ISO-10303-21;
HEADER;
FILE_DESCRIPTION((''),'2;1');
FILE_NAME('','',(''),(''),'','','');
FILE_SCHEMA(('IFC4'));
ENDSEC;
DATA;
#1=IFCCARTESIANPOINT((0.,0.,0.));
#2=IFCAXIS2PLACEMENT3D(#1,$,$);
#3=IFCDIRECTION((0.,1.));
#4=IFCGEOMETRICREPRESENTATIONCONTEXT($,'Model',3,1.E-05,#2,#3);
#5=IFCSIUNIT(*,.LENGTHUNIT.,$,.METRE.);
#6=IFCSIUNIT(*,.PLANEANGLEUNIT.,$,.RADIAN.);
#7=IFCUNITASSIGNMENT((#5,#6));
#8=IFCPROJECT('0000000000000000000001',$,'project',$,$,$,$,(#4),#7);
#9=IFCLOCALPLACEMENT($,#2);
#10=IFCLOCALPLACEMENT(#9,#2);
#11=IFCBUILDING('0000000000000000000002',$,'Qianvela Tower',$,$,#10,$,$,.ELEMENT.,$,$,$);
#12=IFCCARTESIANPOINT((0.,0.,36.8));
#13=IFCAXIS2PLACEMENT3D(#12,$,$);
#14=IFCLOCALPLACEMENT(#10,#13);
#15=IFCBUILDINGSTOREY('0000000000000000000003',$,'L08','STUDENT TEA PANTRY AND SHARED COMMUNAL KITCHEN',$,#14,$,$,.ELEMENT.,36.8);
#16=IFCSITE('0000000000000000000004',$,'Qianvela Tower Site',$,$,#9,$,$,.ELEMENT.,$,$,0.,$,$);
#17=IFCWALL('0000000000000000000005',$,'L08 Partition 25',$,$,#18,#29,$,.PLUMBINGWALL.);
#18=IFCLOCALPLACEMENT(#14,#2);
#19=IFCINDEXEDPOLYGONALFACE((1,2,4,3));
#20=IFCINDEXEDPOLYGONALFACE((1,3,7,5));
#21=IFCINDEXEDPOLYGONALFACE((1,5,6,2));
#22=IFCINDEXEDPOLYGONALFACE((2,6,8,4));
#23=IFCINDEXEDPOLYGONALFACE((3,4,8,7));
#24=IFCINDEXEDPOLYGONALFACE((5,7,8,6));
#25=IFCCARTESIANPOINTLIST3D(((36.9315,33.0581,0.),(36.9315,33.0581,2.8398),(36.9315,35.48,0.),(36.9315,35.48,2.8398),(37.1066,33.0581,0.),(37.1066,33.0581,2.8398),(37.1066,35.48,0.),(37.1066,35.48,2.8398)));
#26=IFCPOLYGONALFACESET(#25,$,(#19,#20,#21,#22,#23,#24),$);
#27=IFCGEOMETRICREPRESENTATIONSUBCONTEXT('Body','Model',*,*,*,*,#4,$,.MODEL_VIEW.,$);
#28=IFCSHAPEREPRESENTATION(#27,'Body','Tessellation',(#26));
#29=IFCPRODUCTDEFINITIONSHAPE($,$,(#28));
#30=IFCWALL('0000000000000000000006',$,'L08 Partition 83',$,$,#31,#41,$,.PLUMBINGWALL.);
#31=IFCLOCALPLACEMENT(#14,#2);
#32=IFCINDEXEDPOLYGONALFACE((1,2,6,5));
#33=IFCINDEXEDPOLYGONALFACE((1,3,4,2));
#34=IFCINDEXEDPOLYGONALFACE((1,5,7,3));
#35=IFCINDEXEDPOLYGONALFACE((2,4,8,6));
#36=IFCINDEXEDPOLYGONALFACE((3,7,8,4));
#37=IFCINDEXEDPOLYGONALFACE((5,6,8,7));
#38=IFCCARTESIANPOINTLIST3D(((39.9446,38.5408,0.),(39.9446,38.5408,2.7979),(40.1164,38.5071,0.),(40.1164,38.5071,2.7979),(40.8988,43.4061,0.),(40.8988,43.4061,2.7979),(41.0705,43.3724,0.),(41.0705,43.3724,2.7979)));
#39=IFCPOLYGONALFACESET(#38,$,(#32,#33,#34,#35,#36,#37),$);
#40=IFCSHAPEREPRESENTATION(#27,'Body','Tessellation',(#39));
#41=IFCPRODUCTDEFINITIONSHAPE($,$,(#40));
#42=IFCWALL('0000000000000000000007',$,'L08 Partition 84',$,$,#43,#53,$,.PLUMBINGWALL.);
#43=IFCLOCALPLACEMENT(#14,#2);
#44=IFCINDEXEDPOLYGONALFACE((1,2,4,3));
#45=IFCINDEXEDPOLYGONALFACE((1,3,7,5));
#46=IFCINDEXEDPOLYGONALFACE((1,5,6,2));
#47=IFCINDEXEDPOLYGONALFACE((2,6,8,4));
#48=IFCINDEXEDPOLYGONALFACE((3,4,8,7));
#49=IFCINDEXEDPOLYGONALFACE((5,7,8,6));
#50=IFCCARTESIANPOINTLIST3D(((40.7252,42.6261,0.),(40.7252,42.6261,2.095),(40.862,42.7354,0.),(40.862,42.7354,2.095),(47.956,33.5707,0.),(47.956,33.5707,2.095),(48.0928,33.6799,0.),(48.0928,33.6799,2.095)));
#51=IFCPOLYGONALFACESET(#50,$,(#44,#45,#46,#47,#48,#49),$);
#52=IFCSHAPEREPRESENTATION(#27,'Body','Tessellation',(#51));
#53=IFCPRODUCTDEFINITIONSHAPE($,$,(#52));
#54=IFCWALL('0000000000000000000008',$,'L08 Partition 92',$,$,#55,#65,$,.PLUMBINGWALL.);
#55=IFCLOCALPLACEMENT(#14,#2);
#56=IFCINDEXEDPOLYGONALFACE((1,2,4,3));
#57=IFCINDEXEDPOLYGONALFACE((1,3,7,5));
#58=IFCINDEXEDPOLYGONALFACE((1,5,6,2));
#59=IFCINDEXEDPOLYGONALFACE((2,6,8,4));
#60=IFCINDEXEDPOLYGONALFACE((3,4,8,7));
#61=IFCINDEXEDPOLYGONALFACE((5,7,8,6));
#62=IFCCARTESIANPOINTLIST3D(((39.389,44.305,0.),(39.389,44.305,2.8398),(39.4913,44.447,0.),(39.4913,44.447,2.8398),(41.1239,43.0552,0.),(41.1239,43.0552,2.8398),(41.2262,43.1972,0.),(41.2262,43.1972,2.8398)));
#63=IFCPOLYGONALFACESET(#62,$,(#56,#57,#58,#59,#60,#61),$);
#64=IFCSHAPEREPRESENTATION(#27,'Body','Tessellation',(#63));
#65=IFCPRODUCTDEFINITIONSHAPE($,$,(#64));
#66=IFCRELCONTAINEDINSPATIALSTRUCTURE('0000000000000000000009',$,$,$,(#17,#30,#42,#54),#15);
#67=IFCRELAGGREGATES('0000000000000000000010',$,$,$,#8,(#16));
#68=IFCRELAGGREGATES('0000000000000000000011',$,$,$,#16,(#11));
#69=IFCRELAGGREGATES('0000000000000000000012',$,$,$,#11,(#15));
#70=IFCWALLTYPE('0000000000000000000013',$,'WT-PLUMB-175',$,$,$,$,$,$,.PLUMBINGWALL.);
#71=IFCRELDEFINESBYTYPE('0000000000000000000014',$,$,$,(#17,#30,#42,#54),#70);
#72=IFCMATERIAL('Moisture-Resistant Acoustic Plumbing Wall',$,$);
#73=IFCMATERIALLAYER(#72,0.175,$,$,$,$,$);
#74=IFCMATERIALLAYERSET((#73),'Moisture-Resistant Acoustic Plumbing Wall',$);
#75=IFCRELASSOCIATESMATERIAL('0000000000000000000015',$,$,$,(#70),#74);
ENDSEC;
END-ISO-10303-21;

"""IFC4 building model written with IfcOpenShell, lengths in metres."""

from ifc_helpers import new_model, si_unit, direction, frame, frame_2d, origin, place, context, subcontext, project, spatial, rectangle, extrude, material, layer, layer_set, type_object, element, save


model = new_model("IFC4")

# Units and contexts
model_context = context("Model", 3, precision=1e-05, world=origin(), true_north=direction((0.0, 1.0)))
body_context = subcontext(model_context, "Body", "Model", "MODEL_VIEW")
ifc_project = project(units=[si_unit("LENGTHUNIT", "METRE"), si_unit("PLANEANGLEUNIT", "RADIAN")], contexts=[model_context])

# Site, building, storey
site_placement = place(None, origin())
site = spatial("IfcSite", under=ifc_project, at=site_placement, Name="Qianvela Tower Site", CompositionType="ELEMENT", RefElevation=0.0)
building_placement = place(site_placement, origin())
building = spatial("IfcBuilding", under=site, at=building_placement, Name="Qianvela Tower", CompositionType="ELEMENT")
storey_placement = place(building_placement, frame((0.0, 0.0, 36.8)))
storey = spatial("IfcBuildingStorey", under=building, at=storey_placement, Name="L08", Description="STUDENT TEA PANTRY AND SHARED COMMUNAL KITCHEN", CompositionType="ELEMENT", Elevation=36.8)

# Walls
ifc_material_1 = material(Name="Moisture-Resistant Acoustic Plumbing Wall")
ifc_layer_1 = layer(ifc_material_1, 0.175)
ifc_layer_set_1 = layer_set([ifc_layer_1], Name="Moisture-Resistant Acoustic Plumbing Wall")
wall_type_1 = type_object("IfcWallType", Name="WT-PLUMB-175", PredefinedType="PLUMBINGWALL", material=ifc_layer_set_1)
for number, where, z_axis, x_axis, name in (
    (1, (37.019, 35.48, 0.0), (0.0, 0.0, 1.0), (0.0, -1.0, 0.0), "L08 Partition 25"),
):
    element("IfcWall", number, at=place(storey_placement, frame(where, z_axis=z_axis, x_axis=x_axis)), inside=storey, type_object=wall_type_1, Name=name, PredefinedType="PLUMBINGWALL", context=body_context, shape_type="SweptSolid", body=[
        extrude(rectangle(XDim=2.4219, YDim=0.175, at=frame_2d((1.2109, 0.0))), origin(), (0.0, 0.0, 1.0), 2.8398),
    ])
wall_1_placement = place(storey_placement, frame((40.0305, 38.5239, 0.0), z_axis=(0.0, 0.0, 1.0), x_axis=(0.19244, 0.981309, 0.0)))
element("IfcWall", 2, at=wall_1_placement, inside=storey, type_object=wall_type_1, Name="L08 Partition 83", PredefinedType="PLUMBINGWALL", context=body_context, shape_type="SweptSolid", body=[
    extrude(rectangle(XDim=4.958, YDim=0.175, at=frame_2d((2.479, 0.0))), origin(), (0.0, 0.0, 1.0), 2.7979),
])
wall_2_placement = place(storey_placement, frame((40.7937, 42.6807, 0.0), z_axis=(0.0, 0.0, 1.0), x_axis=(0.623978, -0.781442, 0.0)))
element("IfcWall", 3, at=wall_2_placement, inside=storey, type_object=wall_type_1, Name="L08 Partition 84", PredefinedType="PLUMBINGWALL", context=body_context, shape_type="SweptSolid", body=[
    extrude(rectangle(XDim=11.5881, YDim=0.175, at=frame_2d((5.7939, 0.0))), origin(), (0.0, 0.0, 1.0), 2.095),
])
wall_3_placement = place(storey_placement, frame((39.4402, 44.376, 0.0), z_axis=(0.0, 0.0, 1.0), x_axis=(0.811389, -0.584506, 0.0)))
element("IfcWall", 4, at=wall_3_placement, inside=storey, type_object=wall_type_1, Name="L08 Partition 92", PredefinedType="PLUMBINGWALL", context=body_context, shape_type="SweptSolid", body=[
    extrude(rectangle(XDim=2.1382, YDim=0.175, at=frame_2d((1.0691, 0.0))), origin(), (0.0, 0.0, 1.0), 2.8398),
])

save(model, "model.ifc")
